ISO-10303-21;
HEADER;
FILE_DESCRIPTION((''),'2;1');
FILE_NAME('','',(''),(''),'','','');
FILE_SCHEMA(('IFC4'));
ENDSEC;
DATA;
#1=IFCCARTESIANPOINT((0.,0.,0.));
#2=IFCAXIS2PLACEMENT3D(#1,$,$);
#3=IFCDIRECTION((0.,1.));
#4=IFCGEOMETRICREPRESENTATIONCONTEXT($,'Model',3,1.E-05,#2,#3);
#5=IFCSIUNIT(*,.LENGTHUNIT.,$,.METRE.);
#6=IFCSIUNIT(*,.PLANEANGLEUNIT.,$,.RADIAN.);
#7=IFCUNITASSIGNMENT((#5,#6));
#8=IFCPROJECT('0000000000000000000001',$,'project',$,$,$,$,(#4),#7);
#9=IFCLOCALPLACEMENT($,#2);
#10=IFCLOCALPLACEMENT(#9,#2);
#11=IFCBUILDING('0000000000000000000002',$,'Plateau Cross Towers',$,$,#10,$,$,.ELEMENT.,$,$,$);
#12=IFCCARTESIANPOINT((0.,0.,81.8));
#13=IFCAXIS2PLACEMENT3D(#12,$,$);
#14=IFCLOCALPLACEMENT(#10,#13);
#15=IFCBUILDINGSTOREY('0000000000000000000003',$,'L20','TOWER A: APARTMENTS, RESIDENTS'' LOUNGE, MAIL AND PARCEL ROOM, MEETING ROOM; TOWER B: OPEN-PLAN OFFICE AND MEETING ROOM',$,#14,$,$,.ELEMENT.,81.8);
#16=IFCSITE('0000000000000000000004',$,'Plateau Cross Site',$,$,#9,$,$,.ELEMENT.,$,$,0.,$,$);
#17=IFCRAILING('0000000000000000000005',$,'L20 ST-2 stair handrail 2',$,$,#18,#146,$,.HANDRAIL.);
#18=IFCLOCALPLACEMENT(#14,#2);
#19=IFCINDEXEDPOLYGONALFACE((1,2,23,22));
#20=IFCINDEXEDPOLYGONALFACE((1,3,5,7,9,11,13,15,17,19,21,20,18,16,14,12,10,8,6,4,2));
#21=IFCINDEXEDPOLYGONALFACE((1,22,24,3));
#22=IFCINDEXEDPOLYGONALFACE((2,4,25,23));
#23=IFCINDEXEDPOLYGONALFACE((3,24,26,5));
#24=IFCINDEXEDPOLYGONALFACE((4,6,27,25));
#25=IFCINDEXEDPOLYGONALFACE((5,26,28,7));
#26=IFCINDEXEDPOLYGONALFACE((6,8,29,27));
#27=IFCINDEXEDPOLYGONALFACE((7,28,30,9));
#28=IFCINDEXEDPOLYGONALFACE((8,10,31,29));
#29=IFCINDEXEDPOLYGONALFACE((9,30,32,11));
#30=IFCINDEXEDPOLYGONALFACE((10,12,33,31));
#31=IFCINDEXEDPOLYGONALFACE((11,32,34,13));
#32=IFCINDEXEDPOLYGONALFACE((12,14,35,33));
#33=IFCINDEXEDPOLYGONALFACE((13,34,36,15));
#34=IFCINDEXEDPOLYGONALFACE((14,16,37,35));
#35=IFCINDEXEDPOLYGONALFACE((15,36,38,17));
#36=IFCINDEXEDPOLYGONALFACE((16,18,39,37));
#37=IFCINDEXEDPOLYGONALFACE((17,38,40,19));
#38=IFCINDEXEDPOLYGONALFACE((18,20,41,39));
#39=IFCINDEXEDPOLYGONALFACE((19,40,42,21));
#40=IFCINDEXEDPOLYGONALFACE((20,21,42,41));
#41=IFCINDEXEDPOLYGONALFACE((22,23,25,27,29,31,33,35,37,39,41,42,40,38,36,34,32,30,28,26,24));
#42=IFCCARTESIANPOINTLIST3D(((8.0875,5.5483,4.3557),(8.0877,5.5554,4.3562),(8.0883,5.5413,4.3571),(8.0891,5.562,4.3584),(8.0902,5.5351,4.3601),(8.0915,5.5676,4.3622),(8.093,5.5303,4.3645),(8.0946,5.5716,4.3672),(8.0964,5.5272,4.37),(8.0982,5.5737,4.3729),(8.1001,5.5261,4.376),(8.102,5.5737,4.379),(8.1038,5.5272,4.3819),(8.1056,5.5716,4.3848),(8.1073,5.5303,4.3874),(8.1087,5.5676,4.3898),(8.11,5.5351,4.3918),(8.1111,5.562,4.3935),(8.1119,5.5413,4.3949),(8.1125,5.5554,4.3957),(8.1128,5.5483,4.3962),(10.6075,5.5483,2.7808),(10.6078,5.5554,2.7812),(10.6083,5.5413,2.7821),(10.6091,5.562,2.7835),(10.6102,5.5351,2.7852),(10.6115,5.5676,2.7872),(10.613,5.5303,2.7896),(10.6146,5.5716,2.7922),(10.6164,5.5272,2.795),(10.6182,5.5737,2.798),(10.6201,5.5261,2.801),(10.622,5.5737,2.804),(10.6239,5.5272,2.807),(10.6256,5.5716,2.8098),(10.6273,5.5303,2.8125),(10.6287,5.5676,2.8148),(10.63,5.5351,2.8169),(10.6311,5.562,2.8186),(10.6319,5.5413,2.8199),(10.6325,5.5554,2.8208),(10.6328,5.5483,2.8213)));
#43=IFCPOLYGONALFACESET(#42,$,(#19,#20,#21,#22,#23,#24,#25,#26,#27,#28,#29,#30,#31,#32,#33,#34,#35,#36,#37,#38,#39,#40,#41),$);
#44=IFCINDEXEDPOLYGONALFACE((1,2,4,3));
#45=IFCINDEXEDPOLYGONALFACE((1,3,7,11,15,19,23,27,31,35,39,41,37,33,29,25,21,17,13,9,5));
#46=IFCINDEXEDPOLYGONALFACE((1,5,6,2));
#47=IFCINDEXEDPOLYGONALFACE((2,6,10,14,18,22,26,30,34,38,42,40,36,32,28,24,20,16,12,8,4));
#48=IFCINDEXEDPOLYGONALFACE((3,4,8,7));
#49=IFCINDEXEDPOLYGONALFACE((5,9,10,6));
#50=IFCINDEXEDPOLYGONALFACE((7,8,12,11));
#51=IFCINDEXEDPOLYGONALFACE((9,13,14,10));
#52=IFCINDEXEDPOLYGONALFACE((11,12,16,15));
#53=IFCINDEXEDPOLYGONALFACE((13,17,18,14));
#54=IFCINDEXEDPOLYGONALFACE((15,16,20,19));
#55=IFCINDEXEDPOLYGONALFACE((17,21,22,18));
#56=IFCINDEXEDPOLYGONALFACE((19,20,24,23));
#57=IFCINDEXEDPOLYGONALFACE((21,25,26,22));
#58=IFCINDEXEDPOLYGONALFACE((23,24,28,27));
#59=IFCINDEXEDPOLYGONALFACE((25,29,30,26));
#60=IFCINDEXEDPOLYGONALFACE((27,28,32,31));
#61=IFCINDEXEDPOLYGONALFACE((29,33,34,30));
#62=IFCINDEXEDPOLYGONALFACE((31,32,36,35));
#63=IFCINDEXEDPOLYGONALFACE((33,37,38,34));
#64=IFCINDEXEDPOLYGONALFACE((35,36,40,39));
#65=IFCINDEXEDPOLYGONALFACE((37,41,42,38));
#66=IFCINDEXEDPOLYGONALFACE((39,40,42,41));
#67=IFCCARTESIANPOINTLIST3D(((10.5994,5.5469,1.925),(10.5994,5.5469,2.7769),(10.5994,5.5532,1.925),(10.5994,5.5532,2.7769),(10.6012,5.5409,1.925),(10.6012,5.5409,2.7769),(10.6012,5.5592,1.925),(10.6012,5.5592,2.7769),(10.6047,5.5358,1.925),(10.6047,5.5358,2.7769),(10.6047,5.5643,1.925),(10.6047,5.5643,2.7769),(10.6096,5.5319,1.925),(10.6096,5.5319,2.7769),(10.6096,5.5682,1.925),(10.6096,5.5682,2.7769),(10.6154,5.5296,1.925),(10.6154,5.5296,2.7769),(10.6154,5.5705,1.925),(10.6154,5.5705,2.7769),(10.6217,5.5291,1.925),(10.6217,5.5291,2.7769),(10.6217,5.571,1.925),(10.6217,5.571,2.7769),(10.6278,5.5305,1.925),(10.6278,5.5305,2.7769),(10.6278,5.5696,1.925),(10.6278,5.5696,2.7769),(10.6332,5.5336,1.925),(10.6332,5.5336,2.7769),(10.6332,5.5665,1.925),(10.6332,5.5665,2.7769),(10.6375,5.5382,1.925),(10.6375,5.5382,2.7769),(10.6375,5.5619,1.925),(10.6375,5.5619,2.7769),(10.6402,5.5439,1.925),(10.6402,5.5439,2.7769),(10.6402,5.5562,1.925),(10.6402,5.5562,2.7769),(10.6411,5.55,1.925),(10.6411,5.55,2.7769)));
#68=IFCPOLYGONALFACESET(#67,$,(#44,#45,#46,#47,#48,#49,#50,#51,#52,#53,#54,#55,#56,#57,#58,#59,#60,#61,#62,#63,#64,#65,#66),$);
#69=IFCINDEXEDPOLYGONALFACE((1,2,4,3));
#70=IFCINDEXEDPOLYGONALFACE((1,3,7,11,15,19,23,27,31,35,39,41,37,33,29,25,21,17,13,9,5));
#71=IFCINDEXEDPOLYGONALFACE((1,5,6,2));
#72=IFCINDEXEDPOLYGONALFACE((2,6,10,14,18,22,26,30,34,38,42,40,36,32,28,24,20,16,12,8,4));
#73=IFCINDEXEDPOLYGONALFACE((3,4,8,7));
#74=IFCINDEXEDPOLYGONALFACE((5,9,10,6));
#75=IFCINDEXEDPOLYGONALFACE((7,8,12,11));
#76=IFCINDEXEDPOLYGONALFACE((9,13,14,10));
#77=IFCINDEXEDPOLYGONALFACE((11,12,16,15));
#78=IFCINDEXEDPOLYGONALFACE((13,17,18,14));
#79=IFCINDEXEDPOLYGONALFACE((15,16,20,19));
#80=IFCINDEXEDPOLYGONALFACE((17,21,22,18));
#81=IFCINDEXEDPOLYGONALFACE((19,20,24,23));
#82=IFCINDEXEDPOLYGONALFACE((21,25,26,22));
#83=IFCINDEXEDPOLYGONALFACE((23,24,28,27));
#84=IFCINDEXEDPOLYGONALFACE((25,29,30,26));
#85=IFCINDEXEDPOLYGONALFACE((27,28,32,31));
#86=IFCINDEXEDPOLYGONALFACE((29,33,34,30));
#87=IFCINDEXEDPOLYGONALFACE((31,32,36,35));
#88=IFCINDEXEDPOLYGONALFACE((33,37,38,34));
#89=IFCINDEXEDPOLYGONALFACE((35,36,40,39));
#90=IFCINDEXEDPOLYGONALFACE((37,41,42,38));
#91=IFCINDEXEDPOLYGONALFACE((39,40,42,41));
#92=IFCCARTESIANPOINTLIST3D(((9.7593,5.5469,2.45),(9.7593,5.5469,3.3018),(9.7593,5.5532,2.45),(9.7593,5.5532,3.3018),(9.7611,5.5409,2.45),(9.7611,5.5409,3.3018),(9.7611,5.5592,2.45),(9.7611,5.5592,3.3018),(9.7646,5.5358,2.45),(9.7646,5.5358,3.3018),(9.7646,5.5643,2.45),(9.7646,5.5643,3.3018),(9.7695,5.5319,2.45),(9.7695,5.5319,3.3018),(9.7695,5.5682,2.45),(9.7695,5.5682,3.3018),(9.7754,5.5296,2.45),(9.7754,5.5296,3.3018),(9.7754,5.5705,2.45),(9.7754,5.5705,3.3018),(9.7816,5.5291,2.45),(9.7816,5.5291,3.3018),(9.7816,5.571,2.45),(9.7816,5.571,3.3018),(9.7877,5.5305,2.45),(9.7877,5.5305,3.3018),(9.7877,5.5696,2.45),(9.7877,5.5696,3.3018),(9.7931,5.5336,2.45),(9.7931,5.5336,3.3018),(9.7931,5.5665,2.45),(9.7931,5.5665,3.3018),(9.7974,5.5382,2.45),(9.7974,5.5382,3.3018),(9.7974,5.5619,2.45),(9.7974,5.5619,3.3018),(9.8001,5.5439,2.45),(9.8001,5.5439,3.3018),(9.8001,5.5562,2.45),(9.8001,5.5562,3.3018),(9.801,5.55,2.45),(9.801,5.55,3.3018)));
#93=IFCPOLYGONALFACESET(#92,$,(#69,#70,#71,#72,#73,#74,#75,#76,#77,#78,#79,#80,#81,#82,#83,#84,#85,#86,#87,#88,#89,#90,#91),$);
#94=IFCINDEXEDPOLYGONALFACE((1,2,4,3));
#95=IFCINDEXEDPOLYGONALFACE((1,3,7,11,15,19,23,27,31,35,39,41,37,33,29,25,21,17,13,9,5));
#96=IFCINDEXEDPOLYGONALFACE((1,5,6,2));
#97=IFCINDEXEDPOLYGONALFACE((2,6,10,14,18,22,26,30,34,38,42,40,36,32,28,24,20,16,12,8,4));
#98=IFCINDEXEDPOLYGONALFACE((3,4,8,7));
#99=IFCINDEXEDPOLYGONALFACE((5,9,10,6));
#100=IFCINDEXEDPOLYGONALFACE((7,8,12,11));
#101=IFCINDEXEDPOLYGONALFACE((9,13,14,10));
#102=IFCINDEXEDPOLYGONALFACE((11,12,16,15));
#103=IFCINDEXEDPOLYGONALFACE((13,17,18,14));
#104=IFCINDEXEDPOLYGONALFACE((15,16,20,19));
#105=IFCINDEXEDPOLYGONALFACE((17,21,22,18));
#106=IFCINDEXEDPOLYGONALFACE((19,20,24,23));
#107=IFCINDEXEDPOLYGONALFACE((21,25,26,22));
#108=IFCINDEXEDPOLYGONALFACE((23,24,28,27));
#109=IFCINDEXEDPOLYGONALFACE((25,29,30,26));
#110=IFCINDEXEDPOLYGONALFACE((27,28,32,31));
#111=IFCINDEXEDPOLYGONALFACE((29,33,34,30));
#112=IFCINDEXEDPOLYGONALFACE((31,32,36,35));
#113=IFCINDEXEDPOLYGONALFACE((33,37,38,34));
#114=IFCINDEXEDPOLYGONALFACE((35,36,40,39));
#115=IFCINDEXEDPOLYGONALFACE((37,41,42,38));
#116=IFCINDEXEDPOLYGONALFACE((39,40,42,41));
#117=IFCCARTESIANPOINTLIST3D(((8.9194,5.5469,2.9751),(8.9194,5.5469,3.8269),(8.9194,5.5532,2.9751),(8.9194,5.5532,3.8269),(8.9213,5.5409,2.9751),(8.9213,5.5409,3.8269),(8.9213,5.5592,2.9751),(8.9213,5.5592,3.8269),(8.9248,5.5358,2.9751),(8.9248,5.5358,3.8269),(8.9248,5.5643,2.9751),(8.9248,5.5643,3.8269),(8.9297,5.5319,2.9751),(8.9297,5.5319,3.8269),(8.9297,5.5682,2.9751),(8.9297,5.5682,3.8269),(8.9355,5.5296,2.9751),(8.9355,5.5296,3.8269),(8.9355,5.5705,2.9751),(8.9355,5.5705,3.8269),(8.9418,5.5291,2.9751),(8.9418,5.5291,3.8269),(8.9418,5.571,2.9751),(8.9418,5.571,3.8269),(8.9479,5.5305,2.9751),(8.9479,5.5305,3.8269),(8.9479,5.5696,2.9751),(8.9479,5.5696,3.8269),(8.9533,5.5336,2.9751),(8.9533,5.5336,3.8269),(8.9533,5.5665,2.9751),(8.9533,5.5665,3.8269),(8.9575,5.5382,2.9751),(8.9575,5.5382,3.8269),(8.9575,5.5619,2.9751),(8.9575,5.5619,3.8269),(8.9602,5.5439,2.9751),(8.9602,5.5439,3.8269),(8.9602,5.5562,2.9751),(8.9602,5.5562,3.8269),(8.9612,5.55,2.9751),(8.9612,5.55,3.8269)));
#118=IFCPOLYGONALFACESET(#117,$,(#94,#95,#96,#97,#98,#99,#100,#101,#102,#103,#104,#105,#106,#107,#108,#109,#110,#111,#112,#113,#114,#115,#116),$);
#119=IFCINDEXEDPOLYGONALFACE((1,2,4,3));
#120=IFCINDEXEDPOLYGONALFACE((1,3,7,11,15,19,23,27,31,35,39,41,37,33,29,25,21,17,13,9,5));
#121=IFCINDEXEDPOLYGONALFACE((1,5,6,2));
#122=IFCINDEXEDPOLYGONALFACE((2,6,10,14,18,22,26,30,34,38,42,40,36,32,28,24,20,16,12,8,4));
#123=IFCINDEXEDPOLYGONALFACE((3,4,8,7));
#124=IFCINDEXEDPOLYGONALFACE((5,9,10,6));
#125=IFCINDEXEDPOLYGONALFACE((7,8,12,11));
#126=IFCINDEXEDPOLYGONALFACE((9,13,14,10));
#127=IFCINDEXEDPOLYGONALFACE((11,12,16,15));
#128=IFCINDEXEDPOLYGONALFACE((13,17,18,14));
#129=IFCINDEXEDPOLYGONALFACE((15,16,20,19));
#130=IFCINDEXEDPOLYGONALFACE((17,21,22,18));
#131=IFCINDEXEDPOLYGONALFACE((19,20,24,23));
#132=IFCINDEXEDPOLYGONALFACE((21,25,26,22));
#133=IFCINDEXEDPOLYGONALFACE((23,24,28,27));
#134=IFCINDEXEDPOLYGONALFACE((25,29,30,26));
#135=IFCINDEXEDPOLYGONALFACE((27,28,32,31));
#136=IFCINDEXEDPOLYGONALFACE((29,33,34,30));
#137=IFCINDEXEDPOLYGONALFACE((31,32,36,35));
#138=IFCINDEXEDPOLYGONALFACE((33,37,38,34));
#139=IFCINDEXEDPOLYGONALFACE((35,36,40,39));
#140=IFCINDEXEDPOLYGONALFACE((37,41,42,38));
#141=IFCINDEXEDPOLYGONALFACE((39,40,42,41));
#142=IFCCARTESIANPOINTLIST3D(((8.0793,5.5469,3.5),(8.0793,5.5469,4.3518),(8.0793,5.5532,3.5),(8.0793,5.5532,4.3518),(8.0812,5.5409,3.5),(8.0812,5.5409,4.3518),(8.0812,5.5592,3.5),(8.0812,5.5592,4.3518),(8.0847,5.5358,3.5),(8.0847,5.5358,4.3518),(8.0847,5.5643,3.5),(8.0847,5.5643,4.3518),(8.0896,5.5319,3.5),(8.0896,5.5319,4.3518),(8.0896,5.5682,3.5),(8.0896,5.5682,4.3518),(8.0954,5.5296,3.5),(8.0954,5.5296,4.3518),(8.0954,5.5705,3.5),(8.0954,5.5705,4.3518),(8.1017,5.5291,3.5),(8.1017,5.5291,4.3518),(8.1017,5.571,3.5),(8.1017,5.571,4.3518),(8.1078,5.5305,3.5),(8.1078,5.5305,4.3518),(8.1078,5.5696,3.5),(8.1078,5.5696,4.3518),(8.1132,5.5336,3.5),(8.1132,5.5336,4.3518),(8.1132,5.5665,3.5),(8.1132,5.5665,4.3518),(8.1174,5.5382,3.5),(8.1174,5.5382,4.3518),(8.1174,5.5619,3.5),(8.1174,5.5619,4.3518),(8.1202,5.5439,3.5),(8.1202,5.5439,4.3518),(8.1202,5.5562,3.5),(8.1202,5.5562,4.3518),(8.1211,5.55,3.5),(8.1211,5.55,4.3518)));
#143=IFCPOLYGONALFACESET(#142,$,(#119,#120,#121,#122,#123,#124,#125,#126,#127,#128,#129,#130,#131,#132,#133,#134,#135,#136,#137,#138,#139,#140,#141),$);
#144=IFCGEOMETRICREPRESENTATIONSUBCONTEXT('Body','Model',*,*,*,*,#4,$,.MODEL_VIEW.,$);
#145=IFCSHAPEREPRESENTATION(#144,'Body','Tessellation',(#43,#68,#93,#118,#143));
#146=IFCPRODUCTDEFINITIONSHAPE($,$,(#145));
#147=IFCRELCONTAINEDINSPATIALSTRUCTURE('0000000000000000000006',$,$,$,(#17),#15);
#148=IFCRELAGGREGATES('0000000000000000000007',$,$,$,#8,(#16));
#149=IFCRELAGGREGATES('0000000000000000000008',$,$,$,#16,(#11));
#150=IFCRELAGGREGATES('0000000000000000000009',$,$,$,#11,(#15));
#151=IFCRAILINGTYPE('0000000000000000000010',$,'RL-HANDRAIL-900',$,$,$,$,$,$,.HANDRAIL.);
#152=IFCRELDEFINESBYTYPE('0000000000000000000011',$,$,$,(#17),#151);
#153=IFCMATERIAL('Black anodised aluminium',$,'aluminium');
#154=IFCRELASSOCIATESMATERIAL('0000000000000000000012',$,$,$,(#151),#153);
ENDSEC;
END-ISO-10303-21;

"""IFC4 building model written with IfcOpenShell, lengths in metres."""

from ifc_helpers import new_model, si_unit, direction, frame, origin, origin_2d, place, context, subcontext, project, spatial, circle, extrude, material, type_object, element, save


model = new_model("IFC4")

# Units and contexts
model_context = context("Model", 3, precision=1e-05, world=origin(), true_north=direction((0.0, 1.0)))
body_context = subcontext(model_context, "Body", "Model", "MODEL_VIEW")
ifc_project = project(units=[si_unit("LENGTHUNIT", "METRE"), si_unit("PLANEANGLEUNIT", "RADIAN")], contexts=[model_context])

# Site, building, storey
site_placement = place(None, origin())
site = spatial("IfcSite", under=ifc_project, at=site_placement, Name="Plateau Cross Site", CompositionType="ELEMENT", RefElevation=0.0)
building_placement = place(site_placement, origin())
building = spatial("IfcBuilding", under=site, at=building_placement, Name="Plateau Cross Towers", CompositionType="ELEMENT")
storey_placement = place(building_placement, frame((0.0, 0.0, 81.8)))
storey = spatial("IfcBuildingStorey", under=building, at=storey_placement, Name="L20", Description="TOWER A: APARTMENTS, RESIDENTS' LOUNGE, MAIL AND PARCEL ROOM, MEETING ROOM; TOWER B: OPEN-PLAN OFFICE AND MEETING ROOM", CompositionType="ELEMENT", Elevation=81.8)

# Railing
ifc_material_1 = material(Name="Black anodised aluminium", Category="aluminium")
railing_type_1 = type_object("IfcRailingType", Name="RL-HANDRAIL-900", PredefinedType="HANDRAIL", material=ifc_material_1)
railing_1_placement = place(storey_placement, frame((10.6201, 5.55, 1.925)))
element("IfcRailing", 1, at=railing_1_placement, inside=storey, type_object=railing_type_1, Name="L20 ST-2 stair handrail 2", PredefinedType="HANDRAIL", context=body_context, shape_type="SweptSolid", body=[
    extrude(circle(Radius=0.0239, at=origin_2d()), frame((0.0, 0.0, 0.876), z_axis=(-0.848008, 0.0, 0.529984), x_axis=(0.0, -1.0, 0.0)), (0.0, 0.0, 1.0), 2.9717),
    extrude(circle(Radius=0.021, at=origin_2d()), origin(), (0.0, 0.0, 1.0), 0.8518),
    extrude(circle(Radius=0.021, at=origin_2d()), frame((-0.8401, 0.0, 0.5249)), (0.0, 0.0, 1.0), 0.8518),
    extrude(circle(Radius=0.021, at=origin_2d()), frame((-1.6799, 0.0, 1.05)), (0.0, 0.0, 1.0), 0.8518),
    extrude(circle(Radius=0.021, at=origin_2d()), frame((-2.52, 0.0, 1.575)), (0.0, 0.0, 1.0), 0.8518),
])

save(model, "model.ifc")
